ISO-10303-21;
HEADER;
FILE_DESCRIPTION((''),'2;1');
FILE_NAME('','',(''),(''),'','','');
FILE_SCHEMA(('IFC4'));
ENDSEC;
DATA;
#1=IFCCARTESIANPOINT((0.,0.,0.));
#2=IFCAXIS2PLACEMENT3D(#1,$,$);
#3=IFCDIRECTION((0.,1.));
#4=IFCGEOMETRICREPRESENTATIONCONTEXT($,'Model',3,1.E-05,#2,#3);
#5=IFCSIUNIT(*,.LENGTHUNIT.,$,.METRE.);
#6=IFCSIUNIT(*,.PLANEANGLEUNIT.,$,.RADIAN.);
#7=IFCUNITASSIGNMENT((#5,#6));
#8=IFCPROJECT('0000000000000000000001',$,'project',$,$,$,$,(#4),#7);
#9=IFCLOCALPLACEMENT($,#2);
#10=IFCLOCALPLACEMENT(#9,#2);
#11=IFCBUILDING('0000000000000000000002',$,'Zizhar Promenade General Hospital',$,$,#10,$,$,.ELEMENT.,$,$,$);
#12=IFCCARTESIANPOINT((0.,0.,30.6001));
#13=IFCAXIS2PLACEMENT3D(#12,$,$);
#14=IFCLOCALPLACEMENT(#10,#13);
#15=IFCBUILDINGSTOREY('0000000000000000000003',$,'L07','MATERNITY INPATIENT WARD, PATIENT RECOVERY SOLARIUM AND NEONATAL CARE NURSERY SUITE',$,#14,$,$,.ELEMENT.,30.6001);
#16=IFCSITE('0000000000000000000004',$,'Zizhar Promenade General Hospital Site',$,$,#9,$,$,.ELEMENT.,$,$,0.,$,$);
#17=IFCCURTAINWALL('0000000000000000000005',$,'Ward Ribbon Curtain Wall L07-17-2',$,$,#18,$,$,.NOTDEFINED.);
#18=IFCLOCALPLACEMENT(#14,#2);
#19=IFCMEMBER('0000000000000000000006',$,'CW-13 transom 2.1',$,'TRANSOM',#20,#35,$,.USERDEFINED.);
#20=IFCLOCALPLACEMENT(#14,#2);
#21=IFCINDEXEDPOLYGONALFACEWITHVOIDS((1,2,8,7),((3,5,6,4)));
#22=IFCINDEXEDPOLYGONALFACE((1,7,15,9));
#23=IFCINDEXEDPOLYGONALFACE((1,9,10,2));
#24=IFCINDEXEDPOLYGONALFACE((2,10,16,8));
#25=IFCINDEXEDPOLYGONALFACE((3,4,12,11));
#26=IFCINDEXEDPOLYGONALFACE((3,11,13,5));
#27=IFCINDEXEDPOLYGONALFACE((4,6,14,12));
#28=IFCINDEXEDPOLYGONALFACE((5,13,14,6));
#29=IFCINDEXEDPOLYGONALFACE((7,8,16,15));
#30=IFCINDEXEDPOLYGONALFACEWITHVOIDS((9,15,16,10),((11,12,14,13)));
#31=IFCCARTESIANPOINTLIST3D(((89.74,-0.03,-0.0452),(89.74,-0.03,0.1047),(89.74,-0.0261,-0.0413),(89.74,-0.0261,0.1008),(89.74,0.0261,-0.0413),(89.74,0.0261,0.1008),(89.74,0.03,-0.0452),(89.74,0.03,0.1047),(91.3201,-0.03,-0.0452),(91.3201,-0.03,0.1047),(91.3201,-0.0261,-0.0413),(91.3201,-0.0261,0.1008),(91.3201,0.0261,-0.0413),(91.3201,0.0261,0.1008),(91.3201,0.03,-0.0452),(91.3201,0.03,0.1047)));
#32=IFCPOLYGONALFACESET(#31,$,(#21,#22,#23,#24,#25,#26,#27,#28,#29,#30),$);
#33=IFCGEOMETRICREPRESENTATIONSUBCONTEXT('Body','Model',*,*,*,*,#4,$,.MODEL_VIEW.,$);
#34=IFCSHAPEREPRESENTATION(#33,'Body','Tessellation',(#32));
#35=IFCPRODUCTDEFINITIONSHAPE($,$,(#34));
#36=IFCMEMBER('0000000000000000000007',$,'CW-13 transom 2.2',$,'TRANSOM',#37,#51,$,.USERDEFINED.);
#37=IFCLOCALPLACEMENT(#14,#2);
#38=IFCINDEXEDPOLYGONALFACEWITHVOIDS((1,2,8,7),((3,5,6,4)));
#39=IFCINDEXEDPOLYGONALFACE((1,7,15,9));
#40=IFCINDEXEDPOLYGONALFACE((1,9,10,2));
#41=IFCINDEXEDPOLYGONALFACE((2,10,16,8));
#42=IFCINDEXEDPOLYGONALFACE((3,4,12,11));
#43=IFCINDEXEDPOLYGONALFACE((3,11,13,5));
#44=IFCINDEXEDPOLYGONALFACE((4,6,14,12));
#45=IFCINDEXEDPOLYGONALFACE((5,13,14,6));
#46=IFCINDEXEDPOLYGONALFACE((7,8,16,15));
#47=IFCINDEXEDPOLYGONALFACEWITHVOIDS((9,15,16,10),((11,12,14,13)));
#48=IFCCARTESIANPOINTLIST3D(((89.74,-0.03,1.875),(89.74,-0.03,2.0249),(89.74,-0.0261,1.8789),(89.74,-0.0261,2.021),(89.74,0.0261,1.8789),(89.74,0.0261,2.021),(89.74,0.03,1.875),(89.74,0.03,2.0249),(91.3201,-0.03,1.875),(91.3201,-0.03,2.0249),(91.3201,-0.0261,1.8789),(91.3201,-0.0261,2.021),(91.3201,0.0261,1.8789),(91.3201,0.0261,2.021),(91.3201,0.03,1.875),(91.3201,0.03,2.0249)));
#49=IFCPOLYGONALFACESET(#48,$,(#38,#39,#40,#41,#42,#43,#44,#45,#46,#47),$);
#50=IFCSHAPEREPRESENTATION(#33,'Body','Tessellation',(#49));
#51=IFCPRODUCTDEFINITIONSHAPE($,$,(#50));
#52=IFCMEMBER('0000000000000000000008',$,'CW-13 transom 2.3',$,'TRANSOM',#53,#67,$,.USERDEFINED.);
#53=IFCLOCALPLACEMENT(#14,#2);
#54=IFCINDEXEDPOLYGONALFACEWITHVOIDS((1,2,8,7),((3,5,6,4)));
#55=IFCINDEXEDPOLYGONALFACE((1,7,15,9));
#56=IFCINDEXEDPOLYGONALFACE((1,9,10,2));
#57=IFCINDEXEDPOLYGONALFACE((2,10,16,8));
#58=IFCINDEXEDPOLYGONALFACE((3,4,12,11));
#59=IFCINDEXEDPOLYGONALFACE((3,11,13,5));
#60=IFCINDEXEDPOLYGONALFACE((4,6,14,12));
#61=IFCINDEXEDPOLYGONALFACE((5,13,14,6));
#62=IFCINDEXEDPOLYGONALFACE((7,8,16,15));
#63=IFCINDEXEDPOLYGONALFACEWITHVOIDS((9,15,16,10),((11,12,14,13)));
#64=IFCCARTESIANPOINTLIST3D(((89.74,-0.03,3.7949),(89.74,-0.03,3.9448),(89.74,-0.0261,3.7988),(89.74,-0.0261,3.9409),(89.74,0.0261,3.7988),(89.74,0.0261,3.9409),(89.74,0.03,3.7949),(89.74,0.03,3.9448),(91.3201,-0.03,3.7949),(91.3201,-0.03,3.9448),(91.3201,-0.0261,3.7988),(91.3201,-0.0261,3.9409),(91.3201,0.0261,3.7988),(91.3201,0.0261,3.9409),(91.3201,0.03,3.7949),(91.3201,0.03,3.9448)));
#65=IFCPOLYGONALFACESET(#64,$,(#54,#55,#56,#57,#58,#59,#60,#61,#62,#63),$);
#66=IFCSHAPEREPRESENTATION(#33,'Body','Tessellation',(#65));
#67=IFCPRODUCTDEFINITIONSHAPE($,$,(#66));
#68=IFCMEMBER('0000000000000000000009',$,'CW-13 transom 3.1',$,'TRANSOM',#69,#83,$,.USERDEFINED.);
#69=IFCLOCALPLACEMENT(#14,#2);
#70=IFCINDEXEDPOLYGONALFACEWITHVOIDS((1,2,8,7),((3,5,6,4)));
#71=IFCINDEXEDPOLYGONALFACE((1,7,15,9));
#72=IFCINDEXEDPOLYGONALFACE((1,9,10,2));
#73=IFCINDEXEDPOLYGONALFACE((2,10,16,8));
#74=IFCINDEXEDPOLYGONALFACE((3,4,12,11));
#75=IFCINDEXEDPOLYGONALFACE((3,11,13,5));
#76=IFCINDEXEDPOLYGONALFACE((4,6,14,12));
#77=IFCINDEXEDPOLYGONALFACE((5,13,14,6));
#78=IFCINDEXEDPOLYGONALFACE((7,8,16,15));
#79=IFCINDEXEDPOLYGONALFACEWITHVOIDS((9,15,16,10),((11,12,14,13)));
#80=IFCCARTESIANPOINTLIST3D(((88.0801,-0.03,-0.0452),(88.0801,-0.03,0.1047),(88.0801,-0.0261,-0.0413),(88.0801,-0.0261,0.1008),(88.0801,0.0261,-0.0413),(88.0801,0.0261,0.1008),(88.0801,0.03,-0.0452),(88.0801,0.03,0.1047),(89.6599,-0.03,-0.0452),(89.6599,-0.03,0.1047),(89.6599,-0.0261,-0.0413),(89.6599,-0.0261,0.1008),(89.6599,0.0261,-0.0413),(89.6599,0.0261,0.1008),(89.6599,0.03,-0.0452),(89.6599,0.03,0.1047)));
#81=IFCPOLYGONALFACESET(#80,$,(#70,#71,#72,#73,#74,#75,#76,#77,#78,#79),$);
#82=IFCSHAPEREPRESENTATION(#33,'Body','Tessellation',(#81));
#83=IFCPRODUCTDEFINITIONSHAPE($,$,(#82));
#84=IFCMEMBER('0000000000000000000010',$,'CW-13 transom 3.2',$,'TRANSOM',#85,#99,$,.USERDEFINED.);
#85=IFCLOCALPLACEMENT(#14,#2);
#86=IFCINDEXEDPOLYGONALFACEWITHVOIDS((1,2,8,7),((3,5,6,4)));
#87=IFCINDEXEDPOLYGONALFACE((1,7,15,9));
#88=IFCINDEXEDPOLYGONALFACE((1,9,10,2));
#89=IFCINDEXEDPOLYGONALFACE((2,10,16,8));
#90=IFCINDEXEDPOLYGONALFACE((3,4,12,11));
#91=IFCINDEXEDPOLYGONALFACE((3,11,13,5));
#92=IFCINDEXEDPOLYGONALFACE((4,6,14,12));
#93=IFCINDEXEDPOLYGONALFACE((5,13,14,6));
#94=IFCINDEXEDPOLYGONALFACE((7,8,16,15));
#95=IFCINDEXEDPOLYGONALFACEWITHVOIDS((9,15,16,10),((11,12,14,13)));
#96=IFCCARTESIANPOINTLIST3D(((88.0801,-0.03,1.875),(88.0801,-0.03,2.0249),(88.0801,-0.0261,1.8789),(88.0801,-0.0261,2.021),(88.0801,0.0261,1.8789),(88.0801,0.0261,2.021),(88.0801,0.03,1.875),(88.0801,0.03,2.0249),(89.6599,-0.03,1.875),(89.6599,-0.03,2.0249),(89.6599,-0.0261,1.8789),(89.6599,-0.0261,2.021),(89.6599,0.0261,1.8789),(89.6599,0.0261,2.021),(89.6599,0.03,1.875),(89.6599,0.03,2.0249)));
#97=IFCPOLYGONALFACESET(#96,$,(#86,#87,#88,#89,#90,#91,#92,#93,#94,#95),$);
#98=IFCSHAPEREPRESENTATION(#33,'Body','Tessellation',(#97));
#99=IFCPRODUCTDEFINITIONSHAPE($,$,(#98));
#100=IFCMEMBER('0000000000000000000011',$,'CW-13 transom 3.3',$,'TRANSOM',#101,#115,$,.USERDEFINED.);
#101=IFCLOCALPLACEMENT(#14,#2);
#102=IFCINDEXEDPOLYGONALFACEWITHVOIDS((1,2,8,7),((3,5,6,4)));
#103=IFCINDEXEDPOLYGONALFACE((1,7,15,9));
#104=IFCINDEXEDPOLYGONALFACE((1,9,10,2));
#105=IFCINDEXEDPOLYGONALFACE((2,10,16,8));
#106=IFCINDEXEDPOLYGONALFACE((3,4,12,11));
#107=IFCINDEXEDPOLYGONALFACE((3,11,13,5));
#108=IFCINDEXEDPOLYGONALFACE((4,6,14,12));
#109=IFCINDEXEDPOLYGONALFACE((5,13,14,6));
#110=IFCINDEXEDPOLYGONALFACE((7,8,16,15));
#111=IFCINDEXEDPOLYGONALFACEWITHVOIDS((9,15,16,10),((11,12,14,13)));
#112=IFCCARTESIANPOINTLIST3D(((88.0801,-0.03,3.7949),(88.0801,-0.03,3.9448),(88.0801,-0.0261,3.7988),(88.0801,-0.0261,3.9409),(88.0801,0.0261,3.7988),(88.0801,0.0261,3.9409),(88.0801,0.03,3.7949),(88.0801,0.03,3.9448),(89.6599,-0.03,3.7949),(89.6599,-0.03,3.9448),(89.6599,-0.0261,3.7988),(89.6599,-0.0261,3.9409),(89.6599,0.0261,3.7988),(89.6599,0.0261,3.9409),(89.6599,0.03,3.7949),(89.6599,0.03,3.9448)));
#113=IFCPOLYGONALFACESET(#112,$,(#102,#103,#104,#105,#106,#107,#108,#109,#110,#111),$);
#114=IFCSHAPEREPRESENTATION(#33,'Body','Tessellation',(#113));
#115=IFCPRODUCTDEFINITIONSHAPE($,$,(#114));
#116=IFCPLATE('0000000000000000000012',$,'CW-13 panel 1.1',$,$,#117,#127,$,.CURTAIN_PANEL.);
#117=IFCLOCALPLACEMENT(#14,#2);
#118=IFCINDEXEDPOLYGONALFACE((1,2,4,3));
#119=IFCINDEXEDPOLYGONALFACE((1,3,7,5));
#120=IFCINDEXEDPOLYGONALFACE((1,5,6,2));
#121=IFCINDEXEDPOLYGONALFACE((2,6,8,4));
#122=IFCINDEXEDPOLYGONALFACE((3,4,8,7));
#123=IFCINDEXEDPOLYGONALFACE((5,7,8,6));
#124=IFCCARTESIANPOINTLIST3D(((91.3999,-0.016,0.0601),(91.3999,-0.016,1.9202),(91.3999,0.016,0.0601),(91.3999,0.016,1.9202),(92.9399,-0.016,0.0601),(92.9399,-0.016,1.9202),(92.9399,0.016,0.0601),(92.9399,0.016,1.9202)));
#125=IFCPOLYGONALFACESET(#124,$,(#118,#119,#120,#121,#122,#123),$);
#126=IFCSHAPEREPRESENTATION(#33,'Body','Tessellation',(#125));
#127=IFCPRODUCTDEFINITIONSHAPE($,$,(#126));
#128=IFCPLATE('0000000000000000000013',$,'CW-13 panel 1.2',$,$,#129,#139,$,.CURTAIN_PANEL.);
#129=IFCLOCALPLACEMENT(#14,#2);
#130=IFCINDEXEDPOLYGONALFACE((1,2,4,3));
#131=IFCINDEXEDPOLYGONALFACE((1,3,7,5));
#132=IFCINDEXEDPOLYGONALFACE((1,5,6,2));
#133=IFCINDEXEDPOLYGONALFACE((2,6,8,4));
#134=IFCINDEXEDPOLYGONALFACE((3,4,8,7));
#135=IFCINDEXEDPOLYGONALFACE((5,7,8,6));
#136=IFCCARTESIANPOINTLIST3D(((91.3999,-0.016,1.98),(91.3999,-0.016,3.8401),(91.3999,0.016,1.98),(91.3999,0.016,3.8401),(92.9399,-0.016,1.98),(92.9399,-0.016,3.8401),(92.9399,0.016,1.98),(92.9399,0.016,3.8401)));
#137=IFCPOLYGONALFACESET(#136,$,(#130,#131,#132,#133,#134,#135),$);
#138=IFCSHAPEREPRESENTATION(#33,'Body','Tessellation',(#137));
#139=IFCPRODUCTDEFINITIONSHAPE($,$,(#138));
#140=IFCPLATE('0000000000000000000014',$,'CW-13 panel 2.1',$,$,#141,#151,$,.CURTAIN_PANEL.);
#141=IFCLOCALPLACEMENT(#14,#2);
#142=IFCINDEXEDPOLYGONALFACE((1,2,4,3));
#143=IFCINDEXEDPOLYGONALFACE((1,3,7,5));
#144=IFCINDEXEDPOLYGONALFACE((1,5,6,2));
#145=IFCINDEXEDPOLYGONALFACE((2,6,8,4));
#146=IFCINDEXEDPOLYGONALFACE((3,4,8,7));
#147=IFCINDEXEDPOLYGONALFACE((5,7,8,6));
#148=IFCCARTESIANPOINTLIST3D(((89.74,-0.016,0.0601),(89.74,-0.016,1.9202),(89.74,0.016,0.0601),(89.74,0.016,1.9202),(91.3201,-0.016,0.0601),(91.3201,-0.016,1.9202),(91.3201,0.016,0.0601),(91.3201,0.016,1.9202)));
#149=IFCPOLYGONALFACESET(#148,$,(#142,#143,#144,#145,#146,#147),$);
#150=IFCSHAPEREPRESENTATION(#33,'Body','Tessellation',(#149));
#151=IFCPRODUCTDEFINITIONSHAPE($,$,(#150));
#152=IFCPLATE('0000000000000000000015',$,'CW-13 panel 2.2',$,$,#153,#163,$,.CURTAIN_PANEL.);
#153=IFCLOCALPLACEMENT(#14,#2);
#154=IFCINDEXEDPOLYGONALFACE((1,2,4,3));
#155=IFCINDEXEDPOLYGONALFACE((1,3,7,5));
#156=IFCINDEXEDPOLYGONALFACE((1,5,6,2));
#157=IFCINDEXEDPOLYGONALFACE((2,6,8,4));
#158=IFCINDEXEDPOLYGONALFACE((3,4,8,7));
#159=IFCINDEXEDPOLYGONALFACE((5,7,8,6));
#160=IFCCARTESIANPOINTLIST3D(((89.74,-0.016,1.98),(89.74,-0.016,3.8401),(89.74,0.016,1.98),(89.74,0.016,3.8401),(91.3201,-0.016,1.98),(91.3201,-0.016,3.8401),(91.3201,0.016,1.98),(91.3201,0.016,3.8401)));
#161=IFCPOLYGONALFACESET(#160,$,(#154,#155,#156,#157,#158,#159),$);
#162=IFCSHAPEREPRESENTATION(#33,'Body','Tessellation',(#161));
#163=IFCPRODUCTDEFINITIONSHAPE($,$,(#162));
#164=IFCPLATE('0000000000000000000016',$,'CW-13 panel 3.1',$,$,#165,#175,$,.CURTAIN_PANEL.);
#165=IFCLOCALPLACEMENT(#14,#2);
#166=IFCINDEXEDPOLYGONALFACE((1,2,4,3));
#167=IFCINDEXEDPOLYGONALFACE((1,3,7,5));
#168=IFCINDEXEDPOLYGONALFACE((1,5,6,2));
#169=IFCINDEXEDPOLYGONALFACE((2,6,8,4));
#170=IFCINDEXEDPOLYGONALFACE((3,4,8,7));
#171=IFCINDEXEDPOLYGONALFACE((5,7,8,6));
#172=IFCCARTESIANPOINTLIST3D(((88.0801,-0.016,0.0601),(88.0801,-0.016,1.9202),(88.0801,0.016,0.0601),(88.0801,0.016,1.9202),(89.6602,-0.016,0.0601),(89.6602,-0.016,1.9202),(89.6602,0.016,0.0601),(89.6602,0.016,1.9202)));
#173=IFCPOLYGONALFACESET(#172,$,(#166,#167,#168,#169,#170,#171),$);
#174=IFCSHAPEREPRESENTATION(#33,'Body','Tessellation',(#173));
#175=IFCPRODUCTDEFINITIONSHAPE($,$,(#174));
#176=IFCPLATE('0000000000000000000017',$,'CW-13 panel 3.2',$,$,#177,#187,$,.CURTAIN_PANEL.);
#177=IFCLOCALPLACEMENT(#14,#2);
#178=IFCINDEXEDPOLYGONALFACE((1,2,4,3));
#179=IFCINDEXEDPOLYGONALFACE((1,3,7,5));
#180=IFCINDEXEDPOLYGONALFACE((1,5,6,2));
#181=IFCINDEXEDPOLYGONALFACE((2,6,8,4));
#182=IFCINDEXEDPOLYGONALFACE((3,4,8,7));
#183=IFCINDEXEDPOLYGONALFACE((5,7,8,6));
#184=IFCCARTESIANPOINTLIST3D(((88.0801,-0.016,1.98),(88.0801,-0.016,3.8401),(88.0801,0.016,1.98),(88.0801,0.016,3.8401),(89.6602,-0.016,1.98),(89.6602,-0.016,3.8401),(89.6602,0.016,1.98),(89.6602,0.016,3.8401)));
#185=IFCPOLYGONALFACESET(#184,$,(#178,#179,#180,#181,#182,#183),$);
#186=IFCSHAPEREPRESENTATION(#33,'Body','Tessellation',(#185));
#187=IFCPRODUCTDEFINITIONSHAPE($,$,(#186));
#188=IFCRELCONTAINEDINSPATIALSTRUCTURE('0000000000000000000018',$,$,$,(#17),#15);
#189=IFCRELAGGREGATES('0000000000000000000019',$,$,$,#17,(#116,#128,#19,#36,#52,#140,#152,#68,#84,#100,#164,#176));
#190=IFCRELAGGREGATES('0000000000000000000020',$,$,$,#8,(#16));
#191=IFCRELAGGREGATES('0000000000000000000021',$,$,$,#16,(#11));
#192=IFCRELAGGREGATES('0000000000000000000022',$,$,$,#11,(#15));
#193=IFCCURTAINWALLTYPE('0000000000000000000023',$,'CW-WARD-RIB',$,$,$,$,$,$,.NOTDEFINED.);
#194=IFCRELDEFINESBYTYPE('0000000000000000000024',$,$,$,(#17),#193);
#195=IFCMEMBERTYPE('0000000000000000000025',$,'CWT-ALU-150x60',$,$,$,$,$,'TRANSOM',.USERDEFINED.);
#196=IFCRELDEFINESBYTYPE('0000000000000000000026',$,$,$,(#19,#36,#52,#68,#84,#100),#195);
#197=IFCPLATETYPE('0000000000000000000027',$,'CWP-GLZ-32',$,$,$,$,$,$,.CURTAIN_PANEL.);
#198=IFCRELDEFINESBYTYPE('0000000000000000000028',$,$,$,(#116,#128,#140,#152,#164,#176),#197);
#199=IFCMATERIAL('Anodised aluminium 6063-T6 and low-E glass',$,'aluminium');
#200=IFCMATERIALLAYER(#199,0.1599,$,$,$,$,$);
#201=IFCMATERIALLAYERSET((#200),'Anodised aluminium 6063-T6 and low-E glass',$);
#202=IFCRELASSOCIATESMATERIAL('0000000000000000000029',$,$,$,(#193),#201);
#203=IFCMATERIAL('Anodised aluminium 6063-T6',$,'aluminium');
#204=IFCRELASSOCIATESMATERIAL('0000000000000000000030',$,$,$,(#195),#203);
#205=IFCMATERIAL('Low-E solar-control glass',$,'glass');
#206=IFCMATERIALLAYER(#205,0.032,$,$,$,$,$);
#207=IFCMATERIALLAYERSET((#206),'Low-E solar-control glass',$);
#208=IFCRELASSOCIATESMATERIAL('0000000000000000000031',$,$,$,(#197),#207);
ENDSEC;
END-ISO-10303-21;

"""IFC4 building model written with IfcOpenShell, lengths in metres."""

from ifc_helpers import new_model, si_unit, direction, frame, origin, origin_2d, place, context, subcontext, project, spatial, rectangle, hollow_rectangle, extrude, material, layer, layer_set, material_profile, profile_set, type_object, element, aggregate, save


model = new_model("IFC4")

# Units and contexts
model_context = context("Model", 3, precision=1e-05, world=origin(), true_north=direction((0.0, 1.0)))
body_context = subcontext(model_context, "Body", "Model", "MODEL_VIEW")
ifc_project = project(units=[si_unit("LENGTHUNIT", "METRE"), si_unit("PLANEANGLEUNIT", "RADIAN")], contexts=[model_context])

# Site, building, storey
site_placement = place(None, origin())
site = spatial("IfcSite", under=ifc_project, at=site_placement, Name="Zizhar Promenade General Hospital Site", CompositionType="ELEMENT", RefElevation=0.0)
building_placement = place(site_placement, origin())
building = spatial("IfcBuilding", under=site, at=building_placement, Name="Zizhar Promenade General Hospital", CompositionType="ELEMENT")
storey_placement = place(building_placement, frame((0.0, 0.0, 30.6001)))
storey = spatial("IfcBuildingStorey", under=building, at=storey_placement, Name="L07", Description="MATERNITY INPATIENT WARD, PATIENT RECOVERY SOLARIUM AND NEONATAL CARE NURSERY SUITE", CompositionType="ELEMENT", Elevation=30.6001)

# Shared definitions
ifc_material_1 = material(Name="Anodised aluminium 6063-T6 and low-E glass", Category="aluminium")
ifc_layer_1 = layer(ifc_material_1, 0.1599)
ifc_layer_set_1 = layer_set([ifc_layer_1], Name="Anodised aluminium 6063-T6 and low-E glass")
curtain_wall_type = type_object("IfcCurtainWallType", Name="CW-WARD-RIB", PredefinedType="NOTDEFINED", material=ifc_layer_set_1)

# Curtain wall, members, plates
curtain_wall_1_placement = place(storey_placement, origin())
curtain_wall_1 = element("IfcCurtainWall", 1, at=curtain_wall_1_placement, inside=storey, type_object=curtain_wall_type, Name="Ward Ribbon Curtain Wall L07-17-2", PredefinedType="NOTDEFINED")
ifc_material_2 = material(Name="Anodised aluminium 6063-T6", Category="aluminium")
ifc_material_profile_1 = material_profile(ifc_material_2, hollow_rectangle(XDim=0.0601, YDim=0.1499, WallThickness=0.0039, at=origin_2d()))
ifc_profile_set_1 = profile_set([ifc_material_profile_1], Name="Anodised aluminium 6063-T6")
member_type_1 = type_object("IfcMemberType", Name="CWT-ALU-150x60", ElementType="TRANSOM", PredefinedType="USERDEFINED", material=ifc_profile_set_1)
member_1_placement = place(storey_placement, frame((91.3201, 0.0, 0.0298), z_axis=(-1.0, 0.0, 0.0), x_axis=(0.0, -1.0, 0.0)))
member_1 = element("IfcMember", 2, at=member_1_placement, type_object=member_type_1, Name="CW-13 transom 2.1", ObjectType="TRANSOM", PredefinedType="USERDEFINED", context=body_context, shape_type="SweptSolid", body=[
    extrude(hollow_rectangle(XDim=0.0601, YDim=0.1499, WallThickness=0.0039, at=origin_2d()), origin(), (0.0, 0.0, 1.0), 1.5801),
])
member_2_placement = place(storey_placement, frame((91.3201, 0.0, 1.95), z_axis=(-1.0, 0.0, 0.0), x_axis=(0.0, -1.0, 0.0)))
member_2 = element("IfcMember", 3, at=member_2_placement, type_object=member_type_1, Name="CW-13 transom 2.2", ObjectType="TRANSOM", PredefinedType="USERDEFINED", context=body_context, shape_type="SweptSolid", body=[
    extrude(hollow_rectangle(XDim=0.0601, YDim=0.1499, WallThickness=0.0039, at=origin_2d()), origin(), (0.0, 0.0, 1.0), 1.5801),
])
member_3_placement = place(storey_placement, frame((91.3201, 0.0, 3.8699), z_axis=(-1.0, 0.0, 0.0), x_axis=(0.0, -1.0, 0.0)))
member_3 = element("IfcMember", 4, at=member_3_placement, type_object=member_type_1, Name="CW-13 transom 2.3", ObjectType="TRANSOM", PredefinedType="USERDEFINED", context=body_context, shape_type="SweptSolid", body=[
    extrude(hollow_rectangle(XDim=0.0601, YDim=0.1499, WallThickness=0.0039, at=origin_2d()), origin(), (0.0, 0.0, 1.0), 1.5801),
])
member_4_placement = place(storey_placement, frame((89.6599, 0.0, 0.0298), z_axis=(-1.0, 0.0, 0.0), x_axis=(0.0, -1.0, 0.0)))
member_4 = element("IfcMember", 5, at=member_4_placement, type_object=member_type_1, Name="CW-13 transom 3.1", ObjectType="TRANSOM", PredefinedType="USERDEFINED", context=body_context, shape_type="SweptSolid", body=[
    extrude(hollow_rectangle(XDim=0.0601, YDim=0.1499, WallThickness=0.0039, at=origin_2d()), origin(), (0.0, 0.0, 1.0), 1.5798),
])
member_5_placement = place(storey_placement, frame((89.6599, 0.0, 1.95), z_axis=(-1.0, 0.0, 0.0), x_axis=(0.0, -1.0, 0.0)))
member_5 = element("IfcMember", 6, at=member_5_placement, type_object=member_type_1, Name="CW-13 transom 3.2", ObjectType="TRANSOM", PredefinedType="USERDEFINED", context=body_context, shape_type="SweptSolid", body=[
    extrude(hollow_rectangle(XDim=0.0601, YDim=0.1499, WallThickness=0.0039, at=origin_2d()), origin(), (0.0, 0.0, 1.0), 1.5798),
])
member_6_placement = place(storey_placement, frame((89.6599, 0.0, 3.8699), z_axis=(-1.0, 0.0, 0.0), x_axis=(0.0, -1.0, 0.0)))
member_6 = element("IfcMember", 7, at=member_6_placement, type_object=member_type_1, Name="CW-13 transom 3.3", ObjectType="TRANSOM", PredefinedType="USERDEFINED", context=body_context, shape_type="SweptSolid", body=[
    extrude(hollow_rectangle(XDim=0.0601, YDim=0.1499, WallThickness=0.0039, at=origin_2d()), origin(), (0.0, 0.0, 1.0), 1.5798),
])
ifc_material_3 = material(Name="Low-E solar-control glass", Category="glass")
ifc_layer_2 = layer(ifc_material_3, 0.032)
ifc_layer_set_2 = layer_set([ifc_layer_2], Name="Low-E solar-control glass")
plate_type = type_object("IfcPlateType", Name="CWP-GLZ-32", PredefinedType="CURTAIN_PANEL", material=ifc_layer_set_2)
plate_1_placement = place(storey_placement, frame((92.1699, 0.0, 0.0601), z_axis=(0.0, 0.0, 1.0), x_axis=(-1.0, 0.0, 0.0)))
plate_1 = element("IfcPlate", 8, at=plate_1_placement, type_object=plate_type, Name="CW-13 panel 1.1", PredefinedType="CURTAIN_PANEL", context=body_context, shape_type="SweptSolid", body=[
    extrude(rectangle(XDim=1.54, YDim=0.032, at=origin_2d()), origin(), (0.0, 0.0, 1.0), 1.8601),
])
plate_2_placement = place(storey_placement, frame((92.1699, 0.0, 1.98), z_axis=(0.0, 0.0, 1.0), x_axis=(-1.0, 0.0, 0.0)))
plate_2 = element("IfcPlate", 9, at=plate_2_placement, type_object=plate_type, Name="CW-13 panel 1.2", PredefinedType="CURTAIN_PANEL", context=body_context, shape_type="SweptSolid", body=[
    extrude(rectangle(XDim=1.54, YDim=0.032, at=origin_2d()), origin(), (0.0, 0.0, 1.0), 1.8601),
])
plate_3_placement = place(storey_placement, frame((90.53, 0.0, 0.0601), z_axis=(0.0, 0.0, 1.0), x_axis=(-1.0, 0.0, 0.0)))
plate_3 = element("IfcPlate", 10, at=plate_3_placement, type_object=plate_type, Name="CW-13 panel 2.1", PredefinedType="CURTAIN_PANEL", context=body_context, shape_type="SweptSolid", body=[
    extrude(rectangle(XDim=1.5801, YDim=0.032, at=origin_2d()), origin(), (0.0, 0.0, 1.0), 1.8601),
])
plate_4_placement = place(storey_placement, frame((90.53, 0.0, 1.98), z_axis=(0.0, 0.0, 1.0), x_axis=(-1.0, 0.0, 0.0)))
plate_4 = element("IfcPlate", 11, at=plate_4_placement, type_object=plate_type, Name="CW-13 panel 2.2", PredefinedType="CURTAIN_PANEL", context=body_context, shape_type="SweptSolid", body=[
    extrude(rectangle(XDim=1.5801, YDim=0.032, at=origin_2d()), origin(), (0.0, 0.0, 1.0), 1.8601),
])
plate_5_placement = place(storey_placement, frame((88.8701, 0.0, 0.0601), z_axis=(0.0, 0.0, 1.0), x_axis=(-1.0, 0.0, 0.0)))
plate_5 = element("IfcPlate", 12, at=plate_5_placement, type_object=plate_type, Name="CW-13 panel 3.1", PredefinedType="CURTAIN_PANEL", context=body_context, shape_type="SweptSolid", body=[
    extrude(rectangle(XDim=1.5801, YDim=0.032, at=origin_2d()), origin(), (0.0, 0.0, 1.0), 1.8601),
])
plate_6_placement = place(storey_placement, frame((88.8701, 0.0, 1.98), z_axis=(0.0, 0.0, 1.0), x_axis=(-1.0, 0.0, 0.0)))
plate_6 = element("IfcPlate", 13, at=plate_6_placement, type_object=plate_type, Name="CW-13 panel 3.2", PredefinedType="CURTAIN_PANEL", context=body_context, shape_type="SweptSolid", body=[
    extrude(rectangle(XDim=1.5801, YDim=0.032, at=origin_2d()), origin(), (0.0, 0.0, 1.0), 1.8601),
])
aggregate(curtain_wall_1, [plate_1, plate_2, member_1, member_2, member_3, plate_3, plate_4, member_4, member_5, member_6, plate_5, plate_6])

save(model, "model.ifc")
